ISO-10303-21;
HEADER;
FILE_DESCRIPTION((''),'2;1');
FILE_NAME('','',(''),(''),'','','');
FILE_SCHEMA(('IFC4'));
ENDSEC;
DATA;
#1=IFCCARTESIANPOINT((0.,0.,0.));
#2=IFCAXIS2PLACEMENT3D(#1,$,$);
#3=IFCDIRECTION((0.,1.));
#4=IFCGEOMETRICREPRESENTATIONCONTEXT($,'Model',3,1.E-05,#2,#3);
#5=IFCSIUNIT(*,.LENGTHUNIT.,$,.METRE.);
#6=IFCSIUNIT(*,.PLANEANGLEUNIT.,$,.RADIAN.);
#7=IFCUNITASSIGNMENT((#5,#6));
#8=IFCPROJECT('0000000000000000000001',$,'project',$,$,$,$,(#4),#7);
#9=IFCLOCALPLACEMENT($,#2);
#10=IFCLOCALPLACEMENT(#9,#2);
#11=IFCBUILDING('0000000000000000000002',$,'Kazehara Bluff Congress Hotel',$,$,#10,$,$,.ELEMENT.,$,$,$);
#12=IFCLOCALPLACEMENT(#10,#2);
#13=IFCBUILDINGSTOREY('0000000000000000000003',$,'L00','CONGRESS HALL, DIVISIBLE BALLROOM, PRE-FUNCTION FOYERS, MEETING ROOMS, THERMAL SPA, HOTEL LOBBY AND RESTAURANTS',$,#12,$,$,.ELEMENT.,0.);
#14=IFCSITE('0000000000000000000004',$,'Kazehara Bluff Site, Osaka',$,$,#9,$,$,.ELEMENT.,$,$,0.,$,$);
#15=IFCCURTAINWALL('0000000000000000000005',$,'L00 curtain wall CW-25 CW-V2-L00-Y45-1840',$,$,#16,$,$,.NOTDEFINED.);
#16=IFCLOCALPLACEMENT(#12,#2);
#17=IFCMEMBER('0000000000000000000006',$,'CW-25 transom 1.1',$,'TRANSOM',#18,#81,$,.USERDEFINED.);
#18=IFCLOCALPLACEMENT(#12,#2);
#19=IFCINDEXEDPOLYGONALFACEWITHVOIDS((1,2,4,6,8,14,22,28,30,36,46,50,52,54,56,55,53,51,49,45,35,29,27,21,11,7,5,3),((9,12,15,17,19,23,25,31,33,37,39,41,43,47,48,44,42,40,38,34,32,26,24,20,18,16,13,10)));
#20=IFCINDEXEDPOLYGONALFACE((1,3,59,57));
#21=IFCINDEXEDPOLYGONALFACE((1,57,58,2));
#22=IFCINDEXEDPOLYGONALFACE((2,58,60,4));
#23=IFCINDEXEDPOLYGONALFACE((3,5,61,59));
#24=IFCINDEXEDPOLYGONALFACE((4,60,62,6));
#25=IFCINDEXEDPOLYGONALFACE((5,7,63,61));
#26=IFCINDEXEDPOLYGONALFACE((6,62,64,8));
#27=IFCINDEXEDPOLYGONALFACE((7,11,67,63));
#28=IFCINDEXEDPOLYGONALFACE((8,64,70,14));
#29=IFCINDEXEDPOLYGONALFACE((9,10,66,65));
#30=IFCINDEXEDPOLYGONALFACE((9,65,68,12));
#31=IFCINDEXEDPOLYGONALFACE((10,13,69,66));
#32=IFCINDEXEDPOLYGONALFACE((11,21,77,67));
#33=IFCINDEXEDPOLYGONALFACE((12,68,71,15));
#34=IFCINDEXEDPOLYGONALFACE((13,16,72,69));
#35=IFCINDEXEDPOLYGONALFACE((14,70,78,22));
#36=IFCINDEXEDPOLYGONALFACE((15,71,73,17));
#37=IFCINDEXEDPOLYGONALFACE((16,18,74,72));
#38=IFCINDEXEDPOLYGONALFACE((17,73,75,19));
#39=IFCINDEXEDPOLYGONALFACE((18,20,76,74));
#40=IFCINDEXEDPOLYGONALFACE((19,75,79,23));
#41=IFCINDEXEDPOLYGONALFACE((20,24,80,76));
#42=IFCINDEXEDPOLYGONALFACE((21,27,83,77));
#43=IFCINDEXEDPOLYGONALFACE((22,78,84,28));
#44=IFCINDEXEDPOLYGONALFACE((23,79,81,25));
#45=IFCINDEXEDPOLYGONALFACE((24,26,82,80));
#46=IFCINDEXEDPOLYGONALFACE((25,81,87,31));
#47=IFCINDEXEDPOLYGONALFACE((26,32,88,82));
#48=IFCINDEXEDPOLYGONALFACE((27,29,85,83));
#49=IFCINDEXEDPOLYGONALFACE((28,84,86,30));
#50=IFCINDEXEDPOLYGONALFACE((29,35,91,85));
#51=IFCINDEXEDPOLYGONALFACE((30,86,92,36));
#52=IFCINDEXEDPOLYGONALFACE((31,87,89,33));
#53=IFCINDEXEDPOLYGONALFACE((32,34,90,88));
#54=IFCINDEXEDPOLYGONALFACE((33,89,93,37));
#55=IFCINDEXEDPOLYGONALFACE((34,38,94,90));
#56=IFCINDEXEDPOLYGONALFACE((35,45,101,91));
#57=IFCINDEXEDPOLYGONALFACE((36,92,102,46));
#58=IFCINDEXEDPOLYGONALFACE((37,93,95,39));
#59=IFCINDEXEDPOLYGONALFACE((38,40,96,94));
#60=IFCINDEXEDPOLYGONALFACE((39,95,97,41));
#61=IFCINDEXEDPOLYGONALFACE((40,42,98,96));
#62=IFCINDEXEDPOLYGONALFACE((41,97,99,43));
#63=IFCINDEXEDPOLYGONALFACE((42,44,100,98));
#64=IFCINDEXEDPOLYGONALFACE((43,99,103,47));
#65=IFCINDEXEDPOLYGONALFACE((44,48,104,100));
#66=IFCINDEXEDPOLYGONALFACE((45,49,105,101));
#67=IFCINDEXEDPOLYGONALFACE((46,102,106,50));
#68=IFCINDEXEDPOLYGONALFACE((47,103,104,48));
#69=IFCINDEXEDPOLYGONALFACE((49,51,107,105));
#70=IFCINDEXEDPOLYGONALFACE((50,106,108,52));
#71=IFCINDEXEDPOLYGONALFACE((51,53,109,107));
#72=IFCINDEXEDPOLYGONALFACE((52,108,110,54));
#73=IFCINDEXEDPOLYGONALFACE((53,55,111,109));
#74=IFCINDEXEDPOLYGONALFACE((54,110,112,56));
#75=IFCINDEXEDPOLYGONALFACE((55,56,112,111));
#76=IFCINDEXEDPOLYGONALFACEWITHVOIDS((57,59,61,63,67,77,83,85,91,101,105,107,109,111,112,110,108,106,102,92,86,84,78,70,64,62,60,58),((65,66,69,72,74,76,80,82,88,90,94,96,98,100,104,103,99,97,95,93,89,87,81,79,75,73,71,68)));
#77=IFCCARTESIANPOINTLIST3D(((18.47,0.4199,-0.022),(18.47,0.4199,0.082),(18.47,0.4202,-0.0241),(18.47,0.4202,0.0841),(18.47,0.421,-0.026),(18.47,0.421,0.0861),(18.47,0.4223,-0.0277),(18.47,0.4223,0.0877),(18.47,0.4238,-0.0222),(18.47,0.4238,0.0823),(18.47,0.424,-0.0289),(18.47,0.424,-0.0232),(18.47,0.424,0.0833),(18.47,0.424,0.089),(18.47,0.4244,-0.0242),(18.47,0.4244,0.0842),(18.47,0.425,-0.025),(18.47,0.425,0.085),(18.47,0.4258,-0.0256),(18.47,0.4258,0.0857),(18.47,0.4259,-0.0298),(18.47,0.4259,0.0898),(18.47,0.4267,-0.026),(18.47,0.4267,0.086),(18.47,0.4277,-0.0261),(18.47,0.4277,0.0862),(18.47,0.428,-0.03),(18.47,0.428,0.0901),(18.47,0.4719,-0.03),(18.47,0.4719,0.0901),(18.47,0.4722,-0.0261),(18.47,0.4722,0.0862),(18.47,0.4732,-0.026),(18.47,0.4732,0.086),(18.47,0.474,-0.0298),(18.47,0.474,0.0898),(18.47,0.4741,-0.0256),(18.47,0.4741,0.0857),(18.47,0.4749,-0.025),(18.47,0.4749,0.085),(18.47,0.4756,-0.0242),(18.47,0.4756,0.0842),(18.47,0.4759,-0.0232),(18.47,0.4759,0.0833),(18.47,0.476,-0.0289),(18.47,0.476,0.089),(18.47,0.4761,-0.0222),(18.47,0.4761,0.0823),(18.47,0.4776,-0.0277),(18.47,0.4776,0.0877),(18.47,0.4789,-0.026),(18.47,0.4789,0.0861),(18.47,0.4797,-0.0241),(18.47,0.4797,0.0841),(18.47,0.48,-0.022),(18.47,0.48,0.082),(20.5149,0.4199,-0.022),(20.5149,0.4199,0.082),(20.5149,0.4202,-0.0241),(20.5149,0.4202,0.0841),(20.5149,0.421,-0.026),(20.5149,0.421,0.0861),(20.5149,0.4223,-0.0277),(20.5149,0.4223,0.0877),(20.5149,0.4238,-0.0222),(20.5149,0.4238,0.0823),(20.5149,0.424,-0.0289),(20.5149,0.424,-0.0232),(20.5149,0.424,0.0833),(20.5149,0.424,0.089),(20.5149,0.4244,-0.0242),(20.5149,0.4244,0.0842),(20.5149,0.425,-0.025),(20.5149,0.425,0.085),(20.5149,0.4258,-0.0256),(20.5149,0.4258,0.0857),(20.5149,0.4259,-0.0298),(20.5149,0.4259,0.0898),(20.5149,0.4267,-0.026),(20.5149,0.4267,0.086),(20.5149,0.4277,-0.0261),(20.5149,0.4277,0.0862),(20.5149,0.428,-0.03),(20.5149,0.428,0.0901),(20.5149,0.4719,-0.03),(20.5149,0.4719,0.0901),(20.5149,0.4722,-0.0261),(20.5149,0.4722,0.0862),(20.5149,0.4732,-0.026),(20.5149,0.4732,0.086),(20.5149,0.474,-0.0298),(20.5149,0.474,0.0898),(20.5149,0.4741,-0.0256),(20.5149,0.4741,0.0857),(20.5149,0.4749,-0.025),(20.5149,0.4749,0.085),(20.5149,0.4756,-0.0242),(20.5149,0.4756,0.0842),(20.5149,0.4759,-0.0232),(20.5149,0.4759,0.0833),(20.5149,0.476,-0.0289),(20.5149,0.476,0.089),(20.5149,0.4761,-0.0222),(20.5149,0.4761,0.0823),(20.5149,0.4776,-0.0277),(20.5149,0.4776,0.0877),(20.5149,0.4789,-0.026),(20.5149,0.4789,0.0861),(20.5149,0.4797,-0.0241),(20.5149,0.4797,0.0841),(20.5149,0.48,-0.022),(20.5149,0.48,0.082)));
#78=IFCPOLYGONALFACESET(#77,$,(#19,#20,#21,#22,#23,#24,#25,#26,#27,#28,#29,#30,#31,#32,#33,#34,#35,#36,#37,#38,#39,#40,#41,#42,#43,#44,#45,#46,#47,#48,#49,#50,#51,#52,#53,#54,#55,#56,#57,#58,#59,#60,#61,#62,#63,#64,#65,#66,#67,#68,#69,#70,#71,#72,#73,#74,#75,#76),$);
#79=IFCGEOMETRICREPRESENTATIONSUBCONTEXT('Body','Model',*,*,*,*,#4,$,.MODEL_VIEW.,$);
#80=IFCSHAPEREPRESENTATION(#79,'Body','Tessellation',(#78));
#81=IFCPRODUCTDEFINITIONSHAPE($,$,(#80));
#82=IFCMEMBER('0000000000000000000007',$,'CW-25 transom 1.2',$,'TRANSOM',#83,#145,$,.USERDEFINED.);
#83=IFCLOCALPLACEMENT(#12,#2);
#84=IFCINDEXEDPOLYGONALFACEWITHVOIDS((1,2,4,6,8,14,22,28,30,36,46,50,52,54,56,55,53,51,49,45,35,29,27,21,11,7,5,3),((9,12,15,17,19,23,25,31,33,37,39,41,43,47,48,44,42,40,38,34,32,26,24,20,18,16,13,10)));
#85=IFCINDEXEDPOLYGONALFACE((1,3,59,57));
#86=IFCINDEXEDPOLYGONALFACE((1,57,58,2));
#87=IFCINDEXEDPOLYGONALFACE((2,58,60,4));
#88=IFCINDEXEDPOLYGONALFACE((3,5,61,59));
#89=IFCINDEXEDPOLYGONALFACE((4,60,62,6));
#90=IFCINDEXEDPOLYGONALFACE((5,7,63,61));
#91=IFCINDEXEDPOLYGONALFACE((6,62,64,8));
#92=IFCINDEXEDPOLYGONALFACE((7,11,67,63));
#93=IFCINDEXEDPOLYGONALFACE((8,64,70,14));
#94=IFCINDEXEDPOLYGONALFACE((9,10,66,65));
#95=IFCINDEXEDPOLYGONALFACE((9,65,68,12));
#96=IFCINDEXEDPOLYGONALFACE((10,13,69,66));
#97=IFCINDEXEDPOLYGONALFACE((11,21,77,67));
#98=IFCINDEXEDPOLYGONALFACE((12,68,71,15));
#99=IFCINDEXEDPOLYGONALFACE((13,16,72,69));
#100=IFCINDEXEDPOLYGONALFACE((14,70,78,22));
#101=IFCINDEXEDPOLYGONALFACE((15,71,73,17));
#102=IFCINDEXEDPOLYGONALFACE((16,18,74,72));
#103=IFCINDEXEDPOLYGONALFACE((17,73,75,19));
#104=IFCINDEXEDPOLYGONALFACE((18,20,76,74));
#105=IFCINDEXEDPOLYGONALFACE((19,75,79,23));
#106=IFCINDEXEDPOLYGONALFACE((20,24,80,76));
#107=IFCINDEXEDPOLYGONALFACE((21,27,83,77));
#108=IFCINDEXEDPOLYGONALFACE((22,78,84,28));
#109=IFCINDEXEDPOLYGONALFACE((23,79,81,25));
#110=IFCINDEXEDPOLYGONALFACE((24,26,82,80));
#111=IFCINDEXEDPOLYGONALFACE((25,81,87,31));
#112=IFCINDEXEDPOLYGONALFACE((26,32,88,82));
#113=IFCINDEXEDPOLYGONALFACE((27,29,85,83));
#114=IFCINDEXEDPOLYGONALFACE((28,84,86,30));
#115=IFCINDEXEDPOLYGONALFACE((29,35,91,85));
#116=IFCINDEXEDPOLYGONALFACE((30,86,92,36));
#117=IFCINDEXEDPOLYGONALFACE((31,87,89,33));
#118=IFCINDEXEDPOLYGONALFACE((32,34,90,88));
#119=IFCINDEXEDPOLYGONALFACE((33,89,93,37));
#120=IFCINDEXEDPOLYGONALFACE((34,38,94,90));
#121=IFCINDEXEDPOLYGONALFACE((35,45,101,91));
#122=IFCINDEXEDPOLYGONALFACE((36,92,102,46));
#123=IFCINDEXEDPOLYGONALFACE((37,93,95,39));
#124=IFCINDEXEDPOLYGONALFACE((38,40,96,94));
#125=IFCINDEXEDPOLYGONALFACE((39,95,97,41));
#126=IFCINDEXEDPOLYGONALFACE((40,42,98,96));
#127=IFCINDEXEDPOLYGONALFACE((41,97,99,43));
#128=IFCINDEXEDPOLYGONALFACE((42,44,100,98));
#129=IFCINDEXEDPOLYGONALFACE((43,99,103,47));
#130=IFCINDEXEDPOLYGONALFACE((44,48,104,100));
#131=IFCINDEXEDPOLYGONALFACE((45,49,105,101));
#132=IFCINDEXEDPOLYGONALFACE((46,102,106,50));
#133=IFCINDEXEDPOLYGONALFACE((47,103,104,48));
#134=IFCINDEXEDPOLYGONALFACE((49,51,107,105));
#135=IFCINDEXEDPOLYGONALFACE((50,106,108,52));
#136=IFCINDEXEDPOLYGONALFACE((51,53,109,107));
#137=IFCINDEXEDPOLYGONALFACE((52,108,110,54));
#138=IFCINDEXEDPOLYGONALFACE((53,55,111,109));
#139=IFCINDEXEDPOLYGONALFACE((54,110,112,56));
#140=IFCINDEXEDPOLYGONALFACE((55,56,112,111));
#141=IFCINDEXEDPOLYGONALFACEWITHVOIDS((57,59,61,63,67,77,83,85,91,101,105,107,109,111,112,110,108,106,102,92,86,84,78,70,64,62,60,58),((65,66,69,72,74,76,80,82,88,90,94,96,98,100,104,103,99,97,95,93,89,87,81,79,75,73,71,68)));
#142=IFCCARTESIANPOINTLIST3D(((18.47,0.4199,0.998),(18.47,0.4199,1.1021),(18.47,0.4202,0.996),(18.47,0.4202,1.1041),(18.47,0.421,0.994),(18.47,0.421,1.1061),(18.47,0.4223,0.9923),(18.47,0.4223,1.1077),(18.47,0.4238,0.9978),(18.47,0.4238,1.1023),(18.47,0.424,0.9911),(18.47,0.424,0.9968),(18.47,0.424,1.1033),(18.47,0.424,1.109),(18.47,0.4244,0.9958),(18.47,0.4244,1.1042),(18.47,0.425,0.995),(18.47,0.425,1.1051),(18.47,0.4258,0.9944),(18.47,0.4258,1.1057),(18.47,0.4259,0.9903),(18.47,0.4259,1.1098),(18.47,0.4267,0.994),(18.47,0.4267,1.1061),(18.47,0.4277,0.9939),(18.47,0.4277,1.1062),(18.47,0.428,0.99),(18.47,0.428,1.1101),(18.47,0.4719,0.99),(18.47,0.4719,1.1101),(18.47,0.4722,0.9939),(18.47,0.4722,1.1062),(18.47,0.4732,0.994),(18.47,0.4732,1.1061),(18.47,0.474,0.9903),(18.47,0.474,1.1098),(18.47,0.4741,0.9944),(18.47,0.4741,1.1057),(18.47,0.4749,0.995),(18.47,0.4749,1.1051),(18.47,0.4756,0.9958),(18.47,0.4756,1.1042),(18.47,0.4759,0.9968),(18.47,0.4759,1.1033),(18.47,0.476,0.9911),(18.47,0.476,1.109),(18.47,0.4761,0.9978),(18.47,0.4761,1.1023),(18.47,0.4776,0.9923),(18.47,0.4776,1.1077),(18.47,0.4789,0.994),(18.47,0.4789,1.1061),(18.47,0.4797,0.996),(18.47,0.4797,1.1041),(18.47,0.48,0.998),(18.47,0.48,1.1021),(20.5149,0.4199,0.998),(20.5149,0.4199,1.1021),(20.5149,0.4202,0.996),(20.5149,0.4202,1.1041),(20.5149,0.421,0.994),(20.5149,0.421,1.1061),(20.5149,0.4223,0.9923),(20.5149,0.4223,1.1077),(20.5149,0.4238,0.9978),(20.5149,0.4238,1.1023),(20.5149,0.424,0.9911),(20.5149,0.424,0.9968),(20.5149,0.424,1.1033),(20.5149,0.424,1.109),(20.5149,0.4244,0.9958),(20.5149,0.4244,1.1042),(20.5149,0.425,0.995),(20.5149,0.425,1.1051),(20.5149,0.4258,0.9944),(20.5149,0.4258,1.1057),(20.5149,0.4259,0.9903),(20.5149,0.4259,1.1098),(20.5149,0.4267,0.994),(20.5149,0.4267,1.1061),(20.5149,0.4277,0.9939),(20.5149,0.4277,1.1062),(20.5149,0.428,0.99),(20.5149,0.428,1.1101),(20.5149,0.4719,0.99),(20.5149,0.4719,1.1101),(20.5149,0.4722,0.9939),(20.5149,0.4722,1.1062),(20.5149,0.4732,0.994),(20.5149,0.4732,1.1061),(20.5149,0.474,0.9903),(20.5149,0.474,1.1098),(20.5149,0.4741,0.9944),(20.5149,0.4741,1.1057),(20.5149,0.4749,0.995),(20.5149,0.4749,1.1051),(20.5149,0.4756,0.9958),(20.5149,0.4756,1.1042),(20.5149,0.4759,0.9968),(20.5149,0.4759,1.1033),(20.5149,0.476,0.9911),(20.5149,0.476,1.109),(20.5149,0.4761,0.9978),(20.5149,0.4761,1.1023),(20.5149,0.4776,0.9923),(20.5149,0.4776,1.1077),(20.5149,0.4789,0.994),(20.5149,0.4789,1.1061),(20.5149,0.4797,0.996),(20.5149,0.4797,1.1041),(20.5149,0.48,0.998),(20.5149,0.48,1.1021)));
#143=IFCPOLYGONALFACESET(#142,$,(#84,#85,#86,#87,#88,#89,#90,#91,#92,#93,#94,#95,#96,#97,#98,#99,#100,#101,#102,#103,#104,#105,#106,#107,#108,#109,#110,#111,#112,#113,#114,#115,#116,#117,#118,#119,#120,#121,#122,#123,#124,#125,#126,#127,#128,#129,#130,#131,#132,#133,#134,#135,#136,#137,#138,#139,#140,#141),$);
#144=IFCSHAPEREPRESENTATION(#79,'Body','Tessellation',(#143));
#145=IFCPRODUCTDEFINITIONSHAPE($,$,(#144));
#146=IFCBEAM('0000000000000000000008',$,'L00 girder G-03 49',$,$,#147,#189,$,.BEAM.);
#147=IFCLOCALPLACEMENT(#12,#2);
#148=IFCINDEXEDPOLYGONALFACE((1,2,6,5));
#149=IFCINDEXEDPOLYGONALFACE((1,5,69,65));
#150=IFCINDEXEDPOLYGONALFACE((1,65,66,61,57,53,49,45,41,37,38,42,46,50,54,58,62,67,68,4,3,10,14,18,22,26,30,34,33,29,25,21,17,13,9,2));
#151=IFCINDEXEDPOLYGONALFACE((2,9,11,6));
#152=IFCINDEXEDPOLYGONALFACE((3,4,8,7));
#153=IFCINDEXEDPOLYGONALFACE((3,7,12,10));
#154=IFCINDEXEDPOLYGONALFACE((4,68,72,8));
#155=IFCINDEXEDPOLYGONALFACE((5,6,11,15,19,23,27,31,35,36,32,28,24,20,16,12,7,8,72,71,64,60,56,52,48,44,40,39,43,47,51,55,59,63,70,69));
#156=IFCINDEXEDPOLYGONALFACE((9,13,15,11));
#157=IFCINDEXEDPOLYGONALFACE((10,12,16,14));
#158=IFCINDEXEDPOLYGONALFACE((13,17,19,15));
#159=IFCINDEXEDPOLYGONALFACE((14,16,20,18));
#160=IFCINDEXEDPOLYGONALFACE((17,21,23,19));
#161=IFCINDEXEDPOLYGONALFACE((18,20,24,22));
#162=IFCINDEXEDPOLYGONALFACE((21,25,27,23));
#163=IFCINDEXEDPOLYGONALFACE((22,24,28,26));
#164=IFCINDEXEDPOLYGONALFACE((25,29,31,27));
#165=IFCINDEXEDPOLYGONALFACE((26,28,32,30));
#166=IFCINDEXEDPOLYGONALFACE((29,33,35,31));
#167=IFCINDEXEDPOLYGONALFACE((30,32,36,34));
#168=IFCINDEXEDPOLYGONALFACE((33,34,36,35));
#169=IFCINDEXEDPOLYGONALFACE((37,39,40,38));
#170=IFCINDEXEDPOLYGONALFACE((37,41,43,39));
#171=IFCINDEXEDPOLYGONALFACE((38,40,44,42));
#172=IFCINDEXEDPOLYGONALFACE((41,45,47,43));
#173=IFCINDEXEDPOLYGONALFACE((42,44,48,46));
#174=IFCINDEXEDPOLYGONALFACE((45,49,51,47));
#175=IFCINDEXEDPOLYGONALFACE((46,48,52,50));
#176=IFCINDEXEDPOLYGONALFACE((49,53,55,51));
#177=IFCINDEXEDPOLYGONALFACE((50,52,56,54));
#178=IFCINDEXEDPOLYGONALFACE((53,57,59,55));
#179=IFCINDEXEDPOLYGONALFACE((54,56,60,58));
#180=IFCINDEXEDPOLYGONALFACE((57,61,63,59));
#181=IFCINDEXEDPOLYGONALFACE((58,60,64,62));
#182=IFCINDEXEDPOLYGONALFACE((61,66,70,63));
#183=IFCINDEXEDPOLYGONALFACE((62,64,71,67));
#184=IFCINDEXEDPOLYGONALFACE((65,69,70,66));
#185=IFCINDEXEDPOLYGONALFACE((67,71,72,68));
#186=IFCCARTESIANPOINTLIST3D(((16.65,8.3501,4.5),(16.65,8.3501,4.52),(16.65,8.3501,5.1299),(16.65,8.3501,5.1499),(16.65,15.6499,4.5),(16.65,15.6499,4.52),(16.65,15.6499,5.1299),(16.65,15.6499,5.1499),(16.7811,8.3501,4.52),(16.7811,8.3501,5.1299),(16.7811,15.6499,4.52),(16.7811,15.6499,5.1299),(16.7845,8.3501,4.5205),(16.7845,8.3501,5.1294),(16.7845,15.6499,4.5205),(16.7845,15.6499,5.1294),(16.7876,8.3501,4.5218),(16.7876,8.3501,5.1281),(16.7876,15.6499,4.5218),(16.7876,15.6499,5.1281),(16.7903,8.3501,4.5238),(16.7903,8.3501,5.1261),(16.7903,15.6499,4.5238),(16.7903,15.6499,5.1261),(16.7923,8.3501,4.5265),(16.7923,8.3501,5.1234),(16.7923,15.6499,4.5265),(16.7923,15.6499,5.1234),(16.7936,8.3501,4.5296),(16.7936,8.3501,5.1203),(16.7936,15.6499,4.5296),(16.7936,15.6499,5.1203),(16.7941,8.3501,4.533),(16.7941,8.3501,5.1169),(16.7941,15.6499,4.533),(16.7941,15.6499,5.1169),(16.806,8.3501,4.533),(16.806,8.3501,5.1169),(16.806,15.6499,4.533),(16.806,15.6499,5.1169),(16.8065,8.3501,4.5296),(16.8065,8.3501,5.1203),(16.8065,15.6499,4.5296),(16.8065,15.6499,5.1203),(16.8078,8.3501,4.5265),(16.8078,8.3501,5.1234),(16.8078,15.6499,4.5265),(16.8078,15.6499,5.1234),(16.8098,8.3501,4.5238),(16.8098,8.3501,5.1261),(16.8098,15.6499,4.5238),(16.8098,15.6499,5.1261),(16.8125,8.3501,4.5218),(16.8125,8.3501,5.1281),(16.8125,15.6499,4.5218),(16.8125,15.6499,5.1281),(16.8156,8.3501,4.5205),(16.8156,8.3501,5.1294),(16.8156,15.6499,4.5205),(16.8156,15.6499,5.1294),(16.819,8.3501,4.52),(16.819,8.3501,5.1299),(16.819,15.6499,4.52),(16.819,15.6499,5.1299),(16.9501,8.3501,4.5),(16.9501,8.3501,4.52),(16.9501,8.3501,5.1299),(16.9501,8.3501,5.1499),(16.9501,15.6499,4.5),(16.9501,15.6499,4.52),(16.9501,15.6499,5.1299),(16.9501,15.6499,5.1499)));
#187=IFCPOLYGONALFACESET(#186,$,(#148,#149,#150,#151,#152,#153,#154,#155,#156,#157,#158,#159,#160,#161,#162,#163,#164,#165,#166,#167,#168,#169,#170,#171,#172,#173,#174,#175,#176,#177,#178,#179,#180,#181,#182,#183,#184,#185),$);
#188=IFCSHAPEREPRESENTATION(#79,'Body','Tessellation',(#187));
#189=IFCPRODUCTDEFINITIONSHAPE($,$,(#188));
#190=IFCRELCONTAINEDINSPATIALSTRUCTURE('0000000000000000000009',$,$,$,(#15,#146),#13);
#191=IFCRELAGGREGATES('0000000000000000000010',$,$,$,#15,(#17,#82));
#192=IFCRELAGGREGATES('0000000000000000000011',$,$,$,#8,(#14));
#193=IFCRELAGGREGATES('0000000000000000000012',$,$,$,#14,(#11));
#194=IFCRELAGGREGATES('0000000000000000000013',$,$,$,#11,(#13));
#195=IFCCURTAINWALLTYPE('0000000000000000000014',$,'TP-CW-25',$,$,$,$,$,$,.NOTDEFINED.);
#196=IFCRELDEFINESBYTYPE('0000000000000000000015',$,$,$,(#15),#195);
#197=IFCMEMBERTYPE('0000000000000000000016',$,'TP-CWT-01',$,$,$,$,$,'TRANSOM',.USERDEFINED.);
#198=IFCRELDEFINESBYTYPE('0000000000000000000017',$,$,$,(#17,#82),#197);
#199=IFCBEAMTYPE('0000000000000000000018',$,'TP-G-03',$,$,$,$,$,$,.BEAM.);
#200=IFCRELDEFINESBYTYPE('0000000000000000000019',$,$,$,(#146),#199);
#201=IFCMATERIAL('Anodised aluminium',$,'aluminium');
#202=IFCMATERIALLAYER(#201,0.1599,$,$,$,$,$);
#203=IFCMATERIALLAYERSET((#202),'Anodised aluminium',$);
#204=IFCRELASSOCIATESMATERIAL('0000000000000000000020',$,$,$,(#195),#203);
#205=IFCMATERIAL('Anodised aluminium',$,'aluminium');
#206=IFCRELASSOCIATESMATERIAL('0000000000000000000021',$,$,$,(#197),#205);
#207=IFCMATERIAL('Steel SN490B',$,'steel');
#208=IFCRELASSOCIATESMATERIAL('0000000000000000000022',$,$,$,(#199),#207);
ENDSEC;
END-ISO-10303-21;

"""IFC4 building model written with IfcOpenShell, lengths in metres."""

from ifc_helpers import new_model, si_unit, direction, frame, origin, origin_2d, place, context, subcontext, project, spatial, hollow_rectangle, i_section, extrude, material, layer, layer_set, material_profile, profile_set, type_object, element, aggregate, save


model = new_model("IFC4")

# Units and contexts
model_context = context("Model", 3, precision=1e-05, world=origin(), true_north=direction((0.0, 1.0)))
body_context = subcontext(model_context, "Body", "Model", "MODEL_VIEW")
ifc_project = project(units=[si_unit("LENGTHUNIT", "METRE"), si_unit("PLANEANGLEUNIT", "RADIAN")], contexts=[model_context])

# Site, building, storey
site_placement = place(None, origin())
site = spatial("IfcSite", under=ifc_project, at=site_placement, Name="Kazehara Bluff Site, Osaka", CompositionType="ELEMENT", RefElevation=0.0)
building_placement = place(site_placement, origin())
building = spatial("IfcBuilding", under=site, at=building_placement, Name="Kazehara Bluff Congress Hotel", CompositionType="ELEMENT")
storey_placement = place(building_placement, origin())
storey = spatial("IfcBuildingStorey", under=building, at=storey_placement, Name="L00", Description="CONGRESS HALL, DIVISIBLE BALLROOM, PRE-FUNCTION FOYERS, MEETING ROOMS, THERMAL SPA, HOTEL LOBBY AND RESTAURANTS", CompositionType="ELEMENT", Elevation=0.0)

# Curtain wall
ifc_material_1 = material(Name="Anodised aluminium", Category="aluminium")
ifc_layer_1 = layer(ifc_material_1, 0.1599)
ifc_layer_set_1 = layer_set([ifc_layer_1], Name="Anodised aluminium")
curtain_wall_type_1 = type_object("IfcCurtainWallType", Name="TP-CW-25", PredefinedType="NOTDEFINED", material=ifc_layer_set_1)
curtain_wall_1_placement = place(storey_placement, origin())
curtain_wall_1 = element("IfcCurtainWall", 1, at=curtain_wall_1_placement, inside=storey, type_object=curtain_wall_type_1, Name="L00 curtain wall CW-25 CW-V2-L00-Y45-1840", PredefinedType="NOTDEFINED")

# Members
ifc_material_2 = material(Name="Anodised aluminium", Category="aluminium")
ifc_material_profile_1 = material_profile(ifc_material_2, hollow_rectangle(XDim=0.0601, YDim=0.1201, WallThickness=0.0039, InnerFilletRadius=0.0039, OuterFilletRadius=0.0081, at=origin_2d()))
ifc_profile_set_1 = profile_set([ifc_material_profile_1], Name="Anodised aluminium")
member_type_1 = type_object("IfcMemberType", Name="TP-CWT-01", ElementType="TRANSOM", PredefinedType="USERDEFINED", material=ifc_profile_set_1)
member_1_placement = place(storey_placement, frame((18.47, 0.45, 0.03), z_axis=(1.0, 0.0, 0.0), x_axis=(0.0, 1.0, 0.0)))
member_1 = element("IfcMember", 2, at=member_1_placement, type_object=member_type_1, Name="CW-25 transom 1.1", ObjectType="TRANSOM", PredefinedType="USERDEFINED", context=body_context, shape_type="SweptSolid", body=[
    extrude(hollow_rectangle(XDim=0.0601, YDim=0.1201, WallThickness=0.0039, InnerFilletRadius=0.0039, OuterFilletRadius=0.0081, at=origin_2d()), origin(), (0.0, 0.0, 1.0), 2.0449),
])
member_2_placement = place(storey_placement, frame((18.47, 0.45, 1.05), z_axis=(1.0, 0.0, 0.0), x_axis=(0.0, 1.0, 0.0)))
member_2 = element("IfcMember", 3, at=member_2_placement, type_object=member_type_1, Name="CW-25 transom 1.2", ObjectType="TRANSOM", PredefinedType="USERDEFINED", context=body_context, shape_type="SweptSolid", body=[
    extrude(hollow_rectangle(XDim=0.0601, YDim=0.1201, WallThickness=0.0039, InnerFilletRadius=0.0039, OuterFilletRadius=0.0081, at=origin_2d()), origin(), (0.0, 0.0, 1.0), 2.0449),
])
aggregate(curtain_wall_1, [member_1, member_2])

# Beam
ifc_material_3 = material(Name="Steel SN490B", Category="steel")
ifc_material_profile_2 = material_profile(ifc_material_3, i_section(OverallWidth=0.3, OverallDepth=0.6499, WebThickness=0.012, FlangeThickness=0.02, FilletRadius=0.0129, at=origin_2d()))
ifc_profile_set_2 = profile_set([ifc_material_profile_2], Name="Steel SN490B")
beam_type_1 = type_object("IfcBeamType", Name="TP-G-03", PredefinedType="BEAM", material=ifc_profile_set_2)
beam_1_placement = place(storey_placement, frame((16.8, 8.3501, 4.825), z_axis=(0.0, 1.0, 0.0), x_axis=(-1.0, 0.0, 0.0)))
element("IfcBeam", 4, at=beam_1_placement, inside=storey, type_object=beam_type_1, Name="L00 girder G-03 49", PredefinedType="BEAM", context=body_context, shape_type="SweptSolid", body=[
    extrude(i_section(OverallWidth=0.3, OverallDepth=0.6499, WebThickness=0.012, FlangeThickness=0.02, FilletRadius=0.0129, at=origin_2d()), origin(), (0.0, 0.0, 1.0), 7.2998),
])

save(model, "model.ifc")
